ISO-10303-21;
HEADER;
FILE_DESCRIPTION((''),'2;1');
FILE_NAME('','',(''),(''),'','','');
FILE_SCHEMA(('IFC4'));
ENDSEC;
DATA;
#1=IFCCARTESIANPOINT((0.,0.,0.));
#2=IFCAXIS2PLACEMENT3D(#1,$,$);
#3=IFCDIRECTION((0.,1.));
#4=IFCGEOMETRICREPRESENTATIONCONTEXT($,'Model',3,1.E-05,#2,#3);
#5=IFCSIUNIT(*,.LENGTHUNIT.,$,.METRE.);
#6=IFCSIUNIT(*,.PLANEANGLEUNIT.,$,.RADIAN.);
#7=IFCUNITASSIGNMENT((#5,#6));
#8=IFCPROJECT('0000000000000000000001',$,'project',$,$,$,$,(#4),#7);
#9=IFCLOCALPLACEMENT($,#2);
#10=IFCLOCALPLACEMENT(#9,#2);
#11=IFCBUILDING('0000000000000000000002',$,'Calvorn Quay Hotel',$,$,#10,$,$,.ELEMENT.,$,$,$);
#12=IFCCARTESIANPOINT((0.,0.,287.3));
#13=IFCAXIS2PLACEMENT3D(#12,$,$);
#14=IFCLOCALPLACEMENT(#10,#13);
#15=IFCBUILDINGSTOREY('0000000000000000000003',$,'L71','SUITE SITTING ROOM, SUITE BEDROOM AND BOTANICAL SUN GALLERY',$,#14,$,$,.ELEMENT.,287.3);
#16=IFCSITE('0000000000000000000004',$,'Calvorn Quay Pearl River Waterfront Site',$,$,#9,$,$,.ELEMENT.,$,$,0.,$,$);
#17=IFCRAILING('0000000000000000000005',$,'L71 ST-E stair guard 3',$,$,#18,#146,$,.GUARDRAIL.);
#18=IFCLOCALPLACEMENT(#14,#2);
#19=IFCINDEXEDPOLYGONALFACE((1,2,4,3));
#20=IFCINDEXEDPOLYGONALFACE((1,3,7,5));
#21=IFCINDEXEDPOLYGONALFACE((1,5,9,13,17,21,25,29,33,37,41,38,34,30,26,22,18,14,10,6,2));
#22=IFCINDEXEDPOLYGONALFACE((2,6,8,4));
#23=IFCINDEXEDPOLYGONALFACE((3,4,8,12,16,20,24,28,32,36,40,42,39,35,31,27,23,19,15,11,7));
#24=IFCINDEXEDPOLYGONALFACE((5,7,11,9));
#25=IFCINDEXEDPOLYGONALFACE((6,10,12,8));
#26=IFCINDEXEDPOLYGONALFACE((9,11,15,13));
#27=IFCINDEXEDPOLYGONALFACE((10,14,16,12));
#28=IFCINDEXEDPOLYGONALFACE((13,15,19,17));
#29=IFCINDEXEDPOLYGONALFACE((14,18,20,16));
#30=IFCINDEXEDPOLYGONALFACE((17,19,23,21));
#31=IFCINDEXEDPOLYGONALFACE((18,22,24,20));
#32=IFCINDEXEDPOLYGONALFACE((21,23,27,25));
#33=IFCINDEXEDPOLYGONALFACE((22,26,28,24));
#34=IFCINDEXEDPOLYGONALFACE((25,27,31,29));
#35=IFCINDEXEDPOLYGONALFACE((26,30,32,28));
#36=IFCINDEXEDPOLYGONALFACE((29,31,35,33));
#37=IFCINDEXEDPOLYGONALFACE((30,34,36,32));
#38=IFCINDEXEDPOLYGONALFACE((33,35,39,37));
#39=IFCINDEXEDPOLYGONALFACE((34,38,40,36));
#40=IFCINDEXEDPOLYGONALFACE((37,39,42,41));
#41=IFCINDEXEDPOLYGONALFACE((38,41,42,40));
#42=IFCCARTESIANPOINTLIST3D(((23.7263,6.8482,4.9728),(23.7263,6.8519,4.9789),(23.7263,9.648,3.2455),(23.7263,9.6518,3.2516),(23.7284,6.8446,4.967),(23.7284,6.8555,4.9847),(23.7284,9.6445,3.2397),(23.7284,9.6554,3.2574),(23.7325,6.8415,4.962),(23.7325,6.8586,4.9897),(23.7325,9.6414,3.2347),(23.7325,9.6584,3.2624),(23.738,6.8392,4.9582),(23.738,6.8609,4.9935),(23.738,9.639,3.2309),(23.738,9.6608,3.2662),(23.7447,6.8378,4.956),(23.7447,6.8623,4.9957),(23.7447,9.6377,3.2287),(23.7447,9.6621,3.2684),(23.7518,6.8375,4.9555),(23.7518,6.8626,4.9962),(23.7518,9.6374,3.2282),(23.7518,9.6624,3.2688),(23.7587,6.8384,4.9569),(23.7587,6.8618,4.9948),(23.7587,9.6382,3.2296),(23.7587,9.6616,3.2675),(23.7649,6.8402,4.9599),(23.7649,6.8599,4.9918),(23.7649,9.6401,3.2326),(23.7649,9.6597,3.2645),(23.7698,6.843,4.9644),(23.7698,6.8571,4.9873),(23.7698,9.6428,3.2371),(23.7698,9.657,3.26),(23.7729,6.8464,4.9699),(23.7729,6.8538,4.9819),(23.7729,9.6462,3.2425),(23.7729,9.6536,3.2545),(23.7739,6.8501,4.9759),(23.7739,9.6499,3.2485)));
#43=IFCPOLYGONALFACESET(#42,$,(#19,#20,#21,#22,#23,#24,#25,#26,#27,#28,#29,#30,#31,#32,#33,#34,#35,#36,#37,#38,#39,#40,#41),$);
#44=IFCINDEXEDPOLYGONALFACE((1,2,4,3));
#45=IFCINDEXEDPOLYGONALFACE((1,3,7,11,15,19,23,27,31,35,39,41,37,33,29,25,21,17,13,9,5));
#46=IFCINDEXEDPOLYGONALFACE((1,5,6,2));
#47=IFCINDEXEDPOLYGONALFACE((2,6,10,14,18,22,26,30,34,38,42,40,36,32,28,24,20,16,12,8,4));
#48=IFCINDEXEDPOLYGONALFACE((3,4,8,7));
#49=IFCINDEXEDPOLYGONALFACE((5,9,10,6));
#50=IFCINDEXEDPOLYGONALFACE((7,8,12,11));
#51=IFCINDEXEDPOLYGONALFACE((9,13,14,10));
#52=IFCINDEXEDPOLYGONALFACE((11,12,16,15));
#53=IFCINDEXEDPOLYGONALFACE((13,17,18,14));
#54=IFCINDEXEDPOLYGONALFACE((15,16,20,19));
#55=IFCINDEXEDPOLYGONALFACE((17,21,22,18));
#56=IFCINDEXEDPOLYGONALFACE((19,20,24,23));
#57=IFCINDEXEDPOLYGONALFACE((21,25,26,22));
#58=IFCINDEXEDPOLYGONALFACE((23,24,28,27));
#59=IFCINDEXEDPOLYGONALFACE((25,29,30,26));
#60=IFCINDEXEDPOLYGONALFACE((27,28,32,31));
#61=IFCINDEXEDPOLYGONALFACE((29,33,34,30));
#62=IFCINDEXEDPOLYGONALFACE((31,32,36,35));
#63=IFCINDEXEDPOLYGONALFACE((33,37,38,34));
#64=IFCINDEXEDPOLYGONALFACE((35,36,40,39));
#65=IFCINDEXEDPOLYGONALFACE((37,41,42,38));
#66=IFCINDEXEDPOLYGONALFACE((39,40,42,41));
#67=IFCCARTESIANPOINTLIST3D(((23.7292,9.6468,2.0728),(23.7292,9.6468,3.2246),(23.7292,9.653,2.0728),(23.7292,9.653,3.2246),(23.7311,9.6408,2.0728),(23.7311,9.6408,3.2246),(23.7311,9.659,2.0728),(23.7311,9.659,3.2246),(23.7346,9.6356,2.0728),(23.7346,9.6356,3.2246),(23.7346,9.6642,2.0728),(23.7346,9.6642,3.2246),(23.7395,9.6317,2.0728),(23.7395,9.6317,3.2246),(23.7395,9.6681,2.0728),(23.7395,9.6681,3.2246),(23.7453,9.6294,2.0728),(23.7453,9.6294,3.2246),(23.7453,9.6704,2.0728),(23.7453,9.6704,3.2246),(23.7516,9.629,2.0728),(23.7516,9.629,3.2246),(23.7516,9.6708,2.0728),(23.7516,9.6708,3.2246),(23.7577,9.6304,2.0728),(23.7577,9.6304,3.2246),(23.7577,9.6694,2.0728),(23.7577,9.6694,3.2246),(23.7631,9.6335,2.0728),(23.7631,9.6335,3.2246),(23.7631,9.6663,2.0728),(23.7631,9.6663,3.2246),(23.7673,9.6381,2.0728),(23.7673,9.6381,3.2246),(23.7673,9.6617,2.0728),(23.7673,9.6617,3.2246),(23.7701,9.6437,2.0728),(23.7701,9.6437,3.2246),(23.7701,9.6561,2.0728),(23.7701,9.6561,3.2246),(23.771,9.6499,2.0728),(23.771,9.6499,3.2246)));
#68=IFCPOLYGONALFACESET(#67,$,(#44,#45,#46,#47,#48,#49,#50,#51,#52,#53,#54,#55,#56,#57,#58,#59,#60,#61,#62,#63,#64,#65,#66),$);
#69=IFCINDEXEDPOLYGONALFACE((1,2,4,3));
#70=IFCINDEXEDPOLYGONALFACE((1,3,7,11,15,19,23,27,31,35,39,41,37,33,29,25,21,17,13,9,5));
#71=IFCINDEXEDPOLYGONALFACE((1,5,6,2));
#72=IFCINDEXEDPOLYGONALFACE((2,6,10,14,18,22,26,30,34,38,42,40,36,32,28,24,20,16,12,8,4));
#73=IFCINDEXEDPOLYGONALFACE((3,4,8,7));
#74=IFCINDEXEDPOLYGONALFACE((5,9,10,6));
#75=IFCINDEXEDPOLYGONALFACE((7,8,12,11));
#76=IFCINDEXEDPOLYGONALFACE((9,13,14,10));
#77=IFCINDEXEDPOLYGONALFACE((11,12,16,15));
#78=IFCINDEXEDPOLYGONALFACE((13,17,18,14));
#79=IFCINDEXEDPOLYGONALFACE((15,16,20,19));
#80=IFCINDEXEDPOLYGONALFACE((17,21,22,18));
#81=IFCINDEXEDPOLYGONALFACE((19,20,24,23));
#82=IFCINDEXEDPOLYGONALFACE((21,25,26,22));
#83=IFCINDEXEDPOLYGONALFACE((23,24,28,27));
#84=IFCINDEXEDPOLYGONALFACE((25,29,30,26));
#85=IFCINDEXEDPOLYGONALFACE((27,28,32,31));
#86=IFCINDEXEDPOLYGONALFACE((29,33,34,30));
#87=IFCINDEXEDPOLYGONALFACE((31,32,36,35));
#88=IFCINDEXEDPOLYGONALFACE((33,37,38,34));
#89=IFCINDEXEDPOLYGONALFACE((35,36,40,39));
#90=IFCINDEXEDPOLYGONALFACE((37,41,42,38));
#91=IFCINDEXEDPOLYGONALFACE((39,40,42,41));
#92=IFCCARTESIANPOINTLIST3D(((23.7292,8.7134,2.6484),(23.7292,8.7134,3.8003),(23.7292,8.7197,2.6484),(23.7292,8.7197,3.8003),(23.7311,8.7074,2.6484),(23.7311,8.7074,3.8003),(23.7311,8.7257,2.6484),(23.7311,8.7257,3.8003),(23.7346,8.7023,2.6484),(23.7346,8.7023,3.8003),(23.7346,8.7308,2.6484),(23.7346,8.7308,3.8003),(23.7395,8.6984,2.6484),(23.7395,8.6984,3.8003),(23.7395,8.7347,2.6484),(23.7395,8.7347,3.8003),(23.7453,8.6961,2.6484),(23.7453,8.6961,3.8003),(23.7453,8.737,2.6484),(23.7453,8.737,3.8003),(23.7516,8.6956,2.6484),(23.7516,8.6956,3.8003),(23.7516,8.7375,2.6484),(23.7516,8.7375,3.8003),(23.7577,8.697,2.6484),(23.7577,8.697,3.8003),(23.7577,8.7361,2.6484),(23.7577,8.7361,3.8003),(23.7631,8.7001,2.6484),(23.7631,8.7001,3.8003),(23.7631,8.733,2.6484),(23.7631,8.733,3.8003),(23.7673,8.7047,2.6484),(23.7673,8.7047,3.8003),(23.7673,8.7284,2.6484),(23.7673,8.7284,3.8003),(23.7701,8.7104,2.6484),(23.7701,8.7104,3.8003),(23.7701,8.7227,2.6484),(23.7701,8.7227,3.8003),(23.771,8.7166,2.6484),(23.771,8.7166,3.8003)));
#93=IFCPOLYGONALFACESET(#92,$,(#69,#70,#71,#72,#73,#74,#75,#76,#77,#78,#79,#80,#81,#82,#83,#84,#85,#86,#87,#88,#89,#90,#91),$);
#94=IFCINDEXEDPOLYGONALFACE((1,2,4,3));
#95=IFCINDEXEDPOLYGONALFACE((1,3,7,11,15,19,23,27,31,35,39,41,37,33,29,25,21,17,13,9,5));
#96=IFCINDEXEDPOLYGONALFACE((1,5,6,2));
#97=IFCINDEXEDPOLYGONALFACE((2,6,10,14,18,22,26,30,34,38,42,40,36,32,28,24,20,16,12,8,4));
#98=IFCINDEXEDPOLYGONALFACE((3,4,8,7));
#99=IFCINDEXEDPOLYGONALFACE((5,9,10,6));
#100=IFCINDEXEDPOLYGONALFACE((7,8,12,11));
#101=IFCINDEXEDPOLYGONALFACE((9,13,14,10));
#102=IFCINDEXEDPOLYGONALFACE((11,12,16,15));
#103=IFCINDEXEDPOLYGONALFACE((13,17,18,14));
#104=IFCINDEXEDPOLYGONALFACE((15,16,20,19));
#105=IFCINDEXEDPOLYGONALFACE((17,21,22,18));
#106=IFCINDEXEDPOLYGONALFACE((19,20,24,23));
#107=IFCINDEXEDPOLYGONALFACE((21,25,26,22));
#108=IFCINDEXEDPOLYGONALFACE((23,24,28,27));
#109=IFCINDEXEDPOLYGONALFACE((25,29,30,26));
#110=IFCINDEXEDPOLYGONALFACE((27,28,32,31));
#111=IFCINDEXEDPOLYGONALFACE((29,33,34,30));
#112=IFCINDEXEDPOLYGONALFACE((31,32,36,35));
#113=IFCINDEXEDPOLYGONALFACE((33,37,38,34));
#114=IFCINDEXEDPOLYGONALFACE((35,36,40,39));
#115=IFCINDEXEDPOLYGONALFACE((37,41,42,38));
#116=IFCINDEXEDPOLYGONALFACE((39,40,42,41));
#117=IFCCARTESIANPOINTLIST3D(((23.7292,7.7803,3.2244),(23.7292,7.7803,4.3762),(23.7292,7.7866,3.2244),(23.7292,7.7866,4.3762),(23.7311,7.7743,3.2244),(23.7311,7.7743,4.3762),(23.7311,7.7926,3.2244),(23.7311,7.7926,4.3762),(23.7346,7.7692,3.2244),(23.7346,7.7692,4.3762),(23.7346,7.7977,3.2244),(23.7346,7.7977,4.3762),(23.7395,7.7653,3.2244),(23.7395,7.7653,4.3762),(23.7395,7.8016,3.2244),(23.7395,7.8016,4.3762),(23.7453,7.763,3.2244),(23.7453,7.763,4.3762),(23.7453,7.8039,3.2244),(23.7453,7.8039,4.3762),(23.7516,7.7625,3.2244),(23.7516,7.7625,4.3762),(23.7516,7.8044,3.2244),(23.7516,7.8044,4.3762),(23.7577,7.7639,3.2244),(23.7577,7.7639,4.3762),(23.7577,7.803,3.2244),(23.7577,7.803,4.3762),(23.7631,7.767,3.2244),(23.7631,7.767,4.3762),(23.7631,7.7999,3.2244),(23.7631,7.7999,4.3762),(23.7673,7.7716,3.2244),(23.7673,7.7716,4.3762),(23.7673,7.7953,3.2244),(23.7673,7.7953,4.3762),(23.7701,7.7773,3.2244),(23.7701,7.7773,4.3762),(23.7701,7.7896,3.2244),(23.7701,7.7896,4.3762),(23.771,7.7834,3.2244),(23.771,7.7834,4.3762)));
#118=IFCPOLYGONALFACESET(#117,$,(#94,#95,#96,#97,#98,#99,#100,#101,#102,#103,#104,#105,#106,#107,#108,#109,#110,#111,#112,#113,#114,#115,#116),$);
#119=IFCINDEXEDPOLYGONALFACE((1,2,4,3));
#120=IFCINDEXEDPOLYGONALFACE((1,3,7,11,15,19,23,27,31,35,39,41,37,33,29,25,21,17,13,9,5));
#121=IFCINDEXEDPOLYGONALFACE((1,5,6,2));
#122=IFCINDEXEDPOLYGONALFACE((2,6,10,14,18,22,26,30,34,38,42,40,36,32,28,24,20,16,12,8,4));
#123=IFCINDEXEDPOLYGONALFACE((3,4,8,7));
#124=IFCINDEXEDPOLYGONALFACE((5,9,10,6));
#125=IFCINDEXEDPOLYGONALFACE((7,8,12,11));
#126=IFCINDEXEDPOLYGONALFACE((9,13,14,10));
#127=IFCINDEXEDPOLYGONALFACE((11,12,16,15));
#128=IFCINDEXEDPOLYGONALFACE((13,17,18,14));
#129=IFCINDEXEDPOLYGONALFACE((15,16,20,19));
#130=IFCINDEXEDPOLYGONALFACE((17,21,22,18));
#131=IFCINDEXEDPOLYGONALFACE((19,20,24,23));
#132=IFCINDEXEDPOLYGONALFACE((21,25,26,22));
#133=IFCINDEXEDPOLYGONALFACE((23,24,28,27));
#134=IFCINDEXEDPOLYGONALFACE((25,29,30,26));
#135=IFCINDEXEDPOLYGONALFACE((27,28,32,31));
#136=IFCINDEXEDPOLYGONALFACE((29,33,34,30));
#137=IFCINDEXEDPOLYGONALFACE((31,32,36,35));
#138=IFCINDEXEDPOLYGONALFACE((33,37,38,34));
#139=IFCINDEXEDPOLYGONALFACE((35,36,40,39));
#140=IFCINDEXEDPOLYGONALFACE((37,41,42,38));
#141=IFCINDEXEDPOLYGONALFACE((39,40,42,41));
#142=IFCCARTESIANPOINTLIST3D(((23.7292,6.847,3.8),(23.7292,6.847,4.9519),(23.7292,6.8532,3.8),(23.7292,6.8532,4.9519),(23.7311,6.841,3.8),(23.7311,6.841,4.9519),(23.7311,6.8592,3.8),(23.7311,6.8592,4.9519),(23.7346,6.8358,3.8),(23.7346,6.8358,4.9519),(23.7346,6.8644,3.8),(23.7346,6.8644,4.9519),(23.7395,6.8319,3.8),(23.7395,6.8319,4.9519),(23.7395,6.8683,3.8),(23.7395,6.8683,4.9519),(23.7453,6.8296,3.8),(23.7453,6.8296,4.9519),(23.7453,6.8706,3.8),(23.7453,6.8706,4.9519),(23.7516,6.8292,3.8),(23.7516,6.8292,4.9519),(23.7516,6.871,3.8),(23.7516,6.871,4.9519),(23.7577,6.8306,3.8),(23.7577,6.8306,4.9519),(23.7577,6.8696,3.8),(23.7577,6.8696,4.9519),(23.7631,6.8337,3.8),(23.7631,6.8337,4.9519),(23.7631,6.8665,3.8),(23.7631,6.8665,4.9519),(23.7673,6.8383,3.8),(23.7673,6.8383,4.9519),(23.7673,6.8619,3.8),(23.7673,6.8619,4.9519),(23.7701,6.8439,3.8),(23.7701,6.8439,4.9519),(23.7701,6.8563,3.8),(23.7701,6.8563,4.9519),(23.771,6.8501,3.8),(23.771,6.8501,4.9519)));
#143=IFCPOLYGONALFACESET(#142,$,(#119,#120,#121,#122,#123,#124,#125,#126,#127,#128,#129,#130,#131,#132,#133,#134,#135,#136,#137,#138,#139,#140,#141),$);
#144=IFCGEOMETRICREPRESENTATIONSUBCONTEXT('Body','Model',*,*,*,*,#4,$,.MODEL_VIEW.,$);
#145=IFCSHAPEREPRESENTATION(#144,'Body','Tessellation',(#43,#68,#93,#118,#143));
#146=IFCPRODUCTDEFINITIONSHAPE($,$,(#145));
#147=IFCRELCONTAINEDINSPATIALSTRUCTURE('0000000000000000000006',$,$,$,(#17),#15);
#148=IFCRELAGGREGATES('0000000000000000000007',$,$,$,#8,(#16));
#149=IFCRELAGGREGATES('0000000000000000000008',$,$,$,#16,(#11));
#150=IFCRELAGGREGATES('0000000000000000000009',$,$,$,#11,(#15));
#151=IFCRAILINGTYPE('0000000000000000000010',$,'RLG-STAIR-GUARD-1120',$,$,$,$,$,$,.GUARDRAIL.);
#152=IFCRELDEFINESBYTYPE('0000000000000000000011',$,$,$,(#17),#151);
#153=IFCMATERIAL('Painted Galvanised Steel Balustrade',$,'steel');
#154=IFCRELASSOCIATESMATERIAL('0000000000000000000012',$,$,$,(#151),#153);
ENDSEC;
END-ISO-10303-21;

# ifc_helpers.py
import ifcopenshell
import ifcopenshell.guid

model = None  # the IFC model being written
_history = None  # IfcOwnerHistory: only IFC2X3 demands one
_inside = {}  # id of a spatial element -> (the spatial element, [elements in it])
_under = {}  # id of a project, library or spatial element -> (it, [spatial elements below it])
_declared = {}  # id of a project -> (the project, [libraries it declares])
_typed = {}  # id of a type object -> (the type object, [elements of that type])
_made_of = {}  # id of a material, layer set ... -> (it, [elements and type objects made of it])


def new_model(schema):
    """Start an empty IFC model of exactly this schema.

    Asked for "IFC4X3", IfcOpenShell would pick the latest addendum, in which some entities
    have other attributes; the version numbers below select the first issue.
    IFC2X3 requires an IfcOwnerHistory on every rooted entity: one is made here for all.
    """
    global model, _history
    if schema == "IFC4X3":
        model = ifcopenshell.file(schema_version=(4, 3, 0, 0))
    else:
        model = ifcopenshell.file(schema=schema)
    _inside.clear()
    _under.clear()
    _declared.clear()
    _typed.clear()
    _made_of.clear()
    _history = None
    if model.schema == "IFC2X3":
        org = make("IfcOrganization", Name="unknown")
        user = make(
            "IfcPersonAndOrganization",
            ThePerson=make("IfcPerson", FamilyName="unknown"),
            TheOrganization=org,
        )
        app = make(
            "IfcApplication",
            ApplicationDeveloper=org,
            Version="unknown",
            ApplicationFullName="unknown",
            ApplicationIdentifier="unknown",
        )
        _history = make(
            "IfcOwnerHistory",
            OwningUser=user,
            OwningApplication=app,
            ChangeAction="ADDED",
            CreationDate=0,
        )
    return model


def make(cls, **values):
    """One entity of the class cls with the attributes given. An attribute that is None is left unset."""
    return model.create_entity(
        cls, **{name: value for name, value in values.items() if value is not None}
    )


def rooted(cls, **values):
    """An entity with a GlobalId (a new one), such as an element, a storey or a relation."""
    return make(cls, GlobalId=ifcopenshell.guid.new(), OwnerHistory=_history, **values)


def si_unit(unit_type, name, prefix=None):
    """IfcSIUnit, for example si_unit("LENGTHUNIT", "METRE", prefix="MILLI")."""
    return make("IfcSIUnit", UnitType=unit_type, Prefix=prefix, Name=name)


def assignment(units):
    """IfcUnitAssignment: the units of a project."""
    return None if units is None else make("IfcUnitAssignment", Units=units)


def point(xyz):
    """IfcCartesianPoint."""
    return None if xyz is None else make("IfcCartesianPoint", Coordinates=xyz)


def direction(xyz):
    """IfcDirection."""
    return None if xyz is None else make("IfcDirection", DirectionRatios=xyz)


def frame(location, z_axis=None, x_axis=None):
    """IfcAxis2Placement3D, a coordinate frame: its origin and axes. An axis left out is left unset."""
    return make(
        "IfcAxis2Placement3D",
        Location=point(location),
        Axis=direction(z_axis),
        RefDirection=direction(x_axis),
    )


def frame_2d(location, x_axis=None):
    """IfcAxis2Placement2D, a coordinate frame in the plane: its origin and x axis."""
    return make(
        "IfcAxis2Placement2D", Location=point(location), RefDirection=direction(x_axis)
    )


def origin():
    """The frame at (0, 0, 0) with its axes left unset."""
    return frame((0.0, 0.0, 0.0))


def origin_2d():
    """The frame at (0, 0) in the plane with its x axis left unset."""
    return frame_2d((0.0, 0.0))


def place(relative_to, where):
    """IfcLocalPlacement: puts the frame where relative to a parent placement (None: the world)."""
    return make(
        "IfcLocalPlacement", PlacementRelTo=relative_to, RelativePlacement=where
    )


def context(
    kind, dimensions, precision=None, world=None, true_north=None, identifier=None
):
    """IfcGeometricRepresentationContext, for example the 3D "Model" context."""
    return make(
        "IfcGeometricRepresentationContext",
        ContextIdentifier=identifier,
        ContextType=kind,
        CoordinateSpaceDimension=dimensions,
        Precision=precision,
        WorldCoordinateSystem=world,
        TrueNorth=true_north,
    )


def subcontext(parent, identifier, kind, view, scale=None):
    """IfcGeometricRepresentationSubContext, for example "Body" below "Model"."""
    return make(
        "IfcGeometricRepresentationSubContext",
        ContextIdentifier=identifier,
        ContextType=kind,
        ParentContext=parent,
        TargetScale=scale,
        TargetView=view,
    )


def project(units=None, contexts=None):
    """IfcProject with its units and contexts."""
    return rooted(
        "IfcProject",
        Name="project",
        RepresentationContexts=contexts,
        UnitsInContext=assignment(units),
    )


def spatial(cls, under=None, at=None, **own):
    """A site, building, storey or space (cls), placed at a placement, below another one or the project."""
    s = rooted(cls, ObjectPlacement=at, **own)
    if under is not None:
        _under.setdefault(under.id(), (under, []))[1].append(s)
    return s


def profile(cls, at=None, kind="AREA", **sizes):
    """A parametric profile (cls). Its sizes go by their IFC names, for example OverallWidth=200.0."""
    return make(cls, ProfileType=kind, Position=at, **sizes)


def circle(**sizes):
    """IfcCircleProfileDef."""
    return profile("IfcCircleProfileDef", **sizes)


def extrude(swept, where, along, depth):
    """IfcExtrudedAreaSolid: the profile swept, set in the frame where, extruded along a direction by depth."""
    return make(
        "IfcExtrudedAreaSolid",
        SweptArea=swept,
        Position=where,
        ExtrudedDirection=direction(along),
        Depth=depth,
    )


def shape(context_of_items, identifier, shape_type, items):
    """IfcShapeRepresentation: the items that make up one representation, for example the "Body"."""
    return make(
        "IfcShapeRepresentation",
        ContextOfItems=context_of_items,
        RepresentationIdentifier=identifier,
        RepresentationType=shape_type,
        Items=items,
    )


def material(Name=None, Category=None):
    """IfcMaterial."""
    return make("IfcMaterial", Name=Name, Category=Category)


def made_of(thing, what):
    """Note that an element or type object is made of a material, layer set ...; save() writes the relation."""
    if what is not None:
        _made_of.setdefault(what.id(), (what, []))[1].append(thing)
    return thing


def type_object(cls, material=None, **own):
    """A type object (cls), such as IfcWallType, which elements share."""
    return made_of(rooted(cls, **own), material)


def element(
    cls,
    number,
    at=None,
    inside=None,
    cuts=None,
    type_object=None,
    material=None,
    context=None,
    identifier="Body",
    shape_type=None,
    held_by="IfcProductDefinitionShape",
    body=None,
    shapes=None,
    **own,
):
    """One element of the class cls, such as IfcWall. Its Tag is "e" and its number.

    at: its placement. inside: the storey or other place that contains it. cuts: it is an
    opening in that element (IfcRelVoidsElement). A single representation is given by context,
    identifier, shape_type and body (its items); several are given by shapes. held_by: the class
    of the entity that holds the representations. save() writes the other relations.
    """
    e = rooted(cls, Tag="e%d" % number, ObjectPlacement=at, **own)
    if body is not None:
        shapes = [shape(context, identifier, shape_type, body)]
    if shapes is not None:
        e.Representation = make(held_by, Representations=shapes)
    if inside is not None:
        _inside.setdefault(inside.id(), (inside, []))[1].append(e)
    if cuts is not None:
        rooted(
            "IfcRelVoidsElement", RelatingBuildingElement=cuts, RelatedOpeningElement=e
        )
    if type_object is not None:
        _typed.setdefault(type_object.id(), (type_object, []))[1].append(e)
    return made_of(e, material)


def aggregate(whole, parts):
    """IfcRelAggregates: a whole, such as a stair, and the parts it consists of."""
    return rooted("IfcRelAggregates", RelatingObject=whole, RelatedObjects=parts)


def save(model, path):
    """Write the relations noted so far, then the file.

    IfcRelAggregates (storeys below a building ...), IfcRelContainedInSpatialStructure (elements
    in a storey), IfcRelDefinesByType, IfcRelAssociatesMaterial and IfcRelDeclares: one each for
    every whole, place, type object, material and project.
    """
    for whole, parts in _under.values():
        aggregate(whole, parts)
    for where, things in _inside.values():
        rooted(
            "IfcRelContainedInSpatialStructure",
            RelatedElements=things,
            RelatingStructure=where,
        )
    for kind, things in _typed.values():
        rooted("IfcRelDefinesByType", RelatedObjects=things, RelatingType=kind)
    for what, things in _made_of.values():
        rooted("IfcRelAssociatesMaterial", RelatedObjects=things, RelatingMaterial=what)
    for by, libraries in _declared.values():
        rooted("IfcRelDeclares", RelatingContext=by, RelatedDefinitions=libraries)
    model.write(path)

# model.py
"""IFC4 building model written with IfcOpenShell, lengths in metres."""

from ifc_helpers import new_model, si_unit, direction, frame, origin, origin_2d, place, context, subcontext, project, spatial, circle, extrude, material, type_object, element, save


model = new_model("IFC4")

# Units and contexts
model_context = context("Model", 3, precision=1e-05, world=origin(), true_north=direction((0.0, 1.0)))
body_context = subcontext(model_context, "Body", "Model", "MODEL_VIEW")
ifc_project = project(units=[si_unit("LENGTHUNIT", "METRE"), si_unit("PLANEANGLEUNIT", "RADIAN")], contexts=[model_context])

# Site, building, storey
site_placement = place(None, origin())
site = spatial("IfcSite", under=ifc_project, at=site_placement, Name="Calvorn Quay Pearl River Waterfront Site", CompositionType="ELEMENT", RefElevation=0.0)
building_placement = place(site_placement, origin())
building = spatial("IfcBuilding", under=site, at=building_placement, Name="Calvorn Quay Hotel", CompositionType="ELEMENT")
storey_placement = place(building_placement, frame((0.0, 0.0, 287.3)))
storey = spatial("IfcBuildingStorey", under=building, at=storey_placement, Name="L71", Description="SUITE SITTING ROOM, SUITE BEDROOM AND BOTANICAL SUN GALLERY", CompositionType="ELEMENT", Elevation=287.3)

# Railing
ifc_material_1 = material(Name="Painted Galvanised Steel Balustrade", Category="steel")
railing_type_1 = type_object("IfcRailingType", Name="RLG-STAIR-GUARD-1120", PredefinedType="GUARDRAIL", material=ifc_material_1)
railing_1_placement = place(storey_placement, frame((23.75, 9.6499, 2.0728)))
element("IfcRailing", 1, at=railing_1_placement, inside=storey, type_object=railing_type_1, Name="L71 ST-E stair guard 3", PredefinedType="GUARDRAIL", context=body_context, shape_type="SweptSolid", body=[
    extrude(circle(Radius=0.0239, at=origin_2d()), frame((0.0, 0.0, 1.1758), z_axis=(0.0, -0.851069, 0.525054), x_axis=(1.0, 0.0, 0.0)), (0.0, 0.0, 1.0), 3.2898),
    extrude(circle(Radius=0.021, at=origin_2d()), origin(), (0.0, 0.0, 1.0), 1.1519),
    extrude(circle(Radius=0.021, at=origin_2d()), frame((0.0, -0.9333, 0.5757)), (0.0, 0.0, 1.0), 1.1519),
    extrude(circle(Radius=0.021, at=origin_2d()), frame((0.0, -1.8665, 1.1516)), (0.0, 0.0, 1.0), 1.1519),
    extrude(circle(Radius=0.021, at=origin_2d()), frame((0.0, -2.7998, 1.7273)), (0.0, 0.0, 1.0), 1.1519),
])

save(model, "model.ifc")
